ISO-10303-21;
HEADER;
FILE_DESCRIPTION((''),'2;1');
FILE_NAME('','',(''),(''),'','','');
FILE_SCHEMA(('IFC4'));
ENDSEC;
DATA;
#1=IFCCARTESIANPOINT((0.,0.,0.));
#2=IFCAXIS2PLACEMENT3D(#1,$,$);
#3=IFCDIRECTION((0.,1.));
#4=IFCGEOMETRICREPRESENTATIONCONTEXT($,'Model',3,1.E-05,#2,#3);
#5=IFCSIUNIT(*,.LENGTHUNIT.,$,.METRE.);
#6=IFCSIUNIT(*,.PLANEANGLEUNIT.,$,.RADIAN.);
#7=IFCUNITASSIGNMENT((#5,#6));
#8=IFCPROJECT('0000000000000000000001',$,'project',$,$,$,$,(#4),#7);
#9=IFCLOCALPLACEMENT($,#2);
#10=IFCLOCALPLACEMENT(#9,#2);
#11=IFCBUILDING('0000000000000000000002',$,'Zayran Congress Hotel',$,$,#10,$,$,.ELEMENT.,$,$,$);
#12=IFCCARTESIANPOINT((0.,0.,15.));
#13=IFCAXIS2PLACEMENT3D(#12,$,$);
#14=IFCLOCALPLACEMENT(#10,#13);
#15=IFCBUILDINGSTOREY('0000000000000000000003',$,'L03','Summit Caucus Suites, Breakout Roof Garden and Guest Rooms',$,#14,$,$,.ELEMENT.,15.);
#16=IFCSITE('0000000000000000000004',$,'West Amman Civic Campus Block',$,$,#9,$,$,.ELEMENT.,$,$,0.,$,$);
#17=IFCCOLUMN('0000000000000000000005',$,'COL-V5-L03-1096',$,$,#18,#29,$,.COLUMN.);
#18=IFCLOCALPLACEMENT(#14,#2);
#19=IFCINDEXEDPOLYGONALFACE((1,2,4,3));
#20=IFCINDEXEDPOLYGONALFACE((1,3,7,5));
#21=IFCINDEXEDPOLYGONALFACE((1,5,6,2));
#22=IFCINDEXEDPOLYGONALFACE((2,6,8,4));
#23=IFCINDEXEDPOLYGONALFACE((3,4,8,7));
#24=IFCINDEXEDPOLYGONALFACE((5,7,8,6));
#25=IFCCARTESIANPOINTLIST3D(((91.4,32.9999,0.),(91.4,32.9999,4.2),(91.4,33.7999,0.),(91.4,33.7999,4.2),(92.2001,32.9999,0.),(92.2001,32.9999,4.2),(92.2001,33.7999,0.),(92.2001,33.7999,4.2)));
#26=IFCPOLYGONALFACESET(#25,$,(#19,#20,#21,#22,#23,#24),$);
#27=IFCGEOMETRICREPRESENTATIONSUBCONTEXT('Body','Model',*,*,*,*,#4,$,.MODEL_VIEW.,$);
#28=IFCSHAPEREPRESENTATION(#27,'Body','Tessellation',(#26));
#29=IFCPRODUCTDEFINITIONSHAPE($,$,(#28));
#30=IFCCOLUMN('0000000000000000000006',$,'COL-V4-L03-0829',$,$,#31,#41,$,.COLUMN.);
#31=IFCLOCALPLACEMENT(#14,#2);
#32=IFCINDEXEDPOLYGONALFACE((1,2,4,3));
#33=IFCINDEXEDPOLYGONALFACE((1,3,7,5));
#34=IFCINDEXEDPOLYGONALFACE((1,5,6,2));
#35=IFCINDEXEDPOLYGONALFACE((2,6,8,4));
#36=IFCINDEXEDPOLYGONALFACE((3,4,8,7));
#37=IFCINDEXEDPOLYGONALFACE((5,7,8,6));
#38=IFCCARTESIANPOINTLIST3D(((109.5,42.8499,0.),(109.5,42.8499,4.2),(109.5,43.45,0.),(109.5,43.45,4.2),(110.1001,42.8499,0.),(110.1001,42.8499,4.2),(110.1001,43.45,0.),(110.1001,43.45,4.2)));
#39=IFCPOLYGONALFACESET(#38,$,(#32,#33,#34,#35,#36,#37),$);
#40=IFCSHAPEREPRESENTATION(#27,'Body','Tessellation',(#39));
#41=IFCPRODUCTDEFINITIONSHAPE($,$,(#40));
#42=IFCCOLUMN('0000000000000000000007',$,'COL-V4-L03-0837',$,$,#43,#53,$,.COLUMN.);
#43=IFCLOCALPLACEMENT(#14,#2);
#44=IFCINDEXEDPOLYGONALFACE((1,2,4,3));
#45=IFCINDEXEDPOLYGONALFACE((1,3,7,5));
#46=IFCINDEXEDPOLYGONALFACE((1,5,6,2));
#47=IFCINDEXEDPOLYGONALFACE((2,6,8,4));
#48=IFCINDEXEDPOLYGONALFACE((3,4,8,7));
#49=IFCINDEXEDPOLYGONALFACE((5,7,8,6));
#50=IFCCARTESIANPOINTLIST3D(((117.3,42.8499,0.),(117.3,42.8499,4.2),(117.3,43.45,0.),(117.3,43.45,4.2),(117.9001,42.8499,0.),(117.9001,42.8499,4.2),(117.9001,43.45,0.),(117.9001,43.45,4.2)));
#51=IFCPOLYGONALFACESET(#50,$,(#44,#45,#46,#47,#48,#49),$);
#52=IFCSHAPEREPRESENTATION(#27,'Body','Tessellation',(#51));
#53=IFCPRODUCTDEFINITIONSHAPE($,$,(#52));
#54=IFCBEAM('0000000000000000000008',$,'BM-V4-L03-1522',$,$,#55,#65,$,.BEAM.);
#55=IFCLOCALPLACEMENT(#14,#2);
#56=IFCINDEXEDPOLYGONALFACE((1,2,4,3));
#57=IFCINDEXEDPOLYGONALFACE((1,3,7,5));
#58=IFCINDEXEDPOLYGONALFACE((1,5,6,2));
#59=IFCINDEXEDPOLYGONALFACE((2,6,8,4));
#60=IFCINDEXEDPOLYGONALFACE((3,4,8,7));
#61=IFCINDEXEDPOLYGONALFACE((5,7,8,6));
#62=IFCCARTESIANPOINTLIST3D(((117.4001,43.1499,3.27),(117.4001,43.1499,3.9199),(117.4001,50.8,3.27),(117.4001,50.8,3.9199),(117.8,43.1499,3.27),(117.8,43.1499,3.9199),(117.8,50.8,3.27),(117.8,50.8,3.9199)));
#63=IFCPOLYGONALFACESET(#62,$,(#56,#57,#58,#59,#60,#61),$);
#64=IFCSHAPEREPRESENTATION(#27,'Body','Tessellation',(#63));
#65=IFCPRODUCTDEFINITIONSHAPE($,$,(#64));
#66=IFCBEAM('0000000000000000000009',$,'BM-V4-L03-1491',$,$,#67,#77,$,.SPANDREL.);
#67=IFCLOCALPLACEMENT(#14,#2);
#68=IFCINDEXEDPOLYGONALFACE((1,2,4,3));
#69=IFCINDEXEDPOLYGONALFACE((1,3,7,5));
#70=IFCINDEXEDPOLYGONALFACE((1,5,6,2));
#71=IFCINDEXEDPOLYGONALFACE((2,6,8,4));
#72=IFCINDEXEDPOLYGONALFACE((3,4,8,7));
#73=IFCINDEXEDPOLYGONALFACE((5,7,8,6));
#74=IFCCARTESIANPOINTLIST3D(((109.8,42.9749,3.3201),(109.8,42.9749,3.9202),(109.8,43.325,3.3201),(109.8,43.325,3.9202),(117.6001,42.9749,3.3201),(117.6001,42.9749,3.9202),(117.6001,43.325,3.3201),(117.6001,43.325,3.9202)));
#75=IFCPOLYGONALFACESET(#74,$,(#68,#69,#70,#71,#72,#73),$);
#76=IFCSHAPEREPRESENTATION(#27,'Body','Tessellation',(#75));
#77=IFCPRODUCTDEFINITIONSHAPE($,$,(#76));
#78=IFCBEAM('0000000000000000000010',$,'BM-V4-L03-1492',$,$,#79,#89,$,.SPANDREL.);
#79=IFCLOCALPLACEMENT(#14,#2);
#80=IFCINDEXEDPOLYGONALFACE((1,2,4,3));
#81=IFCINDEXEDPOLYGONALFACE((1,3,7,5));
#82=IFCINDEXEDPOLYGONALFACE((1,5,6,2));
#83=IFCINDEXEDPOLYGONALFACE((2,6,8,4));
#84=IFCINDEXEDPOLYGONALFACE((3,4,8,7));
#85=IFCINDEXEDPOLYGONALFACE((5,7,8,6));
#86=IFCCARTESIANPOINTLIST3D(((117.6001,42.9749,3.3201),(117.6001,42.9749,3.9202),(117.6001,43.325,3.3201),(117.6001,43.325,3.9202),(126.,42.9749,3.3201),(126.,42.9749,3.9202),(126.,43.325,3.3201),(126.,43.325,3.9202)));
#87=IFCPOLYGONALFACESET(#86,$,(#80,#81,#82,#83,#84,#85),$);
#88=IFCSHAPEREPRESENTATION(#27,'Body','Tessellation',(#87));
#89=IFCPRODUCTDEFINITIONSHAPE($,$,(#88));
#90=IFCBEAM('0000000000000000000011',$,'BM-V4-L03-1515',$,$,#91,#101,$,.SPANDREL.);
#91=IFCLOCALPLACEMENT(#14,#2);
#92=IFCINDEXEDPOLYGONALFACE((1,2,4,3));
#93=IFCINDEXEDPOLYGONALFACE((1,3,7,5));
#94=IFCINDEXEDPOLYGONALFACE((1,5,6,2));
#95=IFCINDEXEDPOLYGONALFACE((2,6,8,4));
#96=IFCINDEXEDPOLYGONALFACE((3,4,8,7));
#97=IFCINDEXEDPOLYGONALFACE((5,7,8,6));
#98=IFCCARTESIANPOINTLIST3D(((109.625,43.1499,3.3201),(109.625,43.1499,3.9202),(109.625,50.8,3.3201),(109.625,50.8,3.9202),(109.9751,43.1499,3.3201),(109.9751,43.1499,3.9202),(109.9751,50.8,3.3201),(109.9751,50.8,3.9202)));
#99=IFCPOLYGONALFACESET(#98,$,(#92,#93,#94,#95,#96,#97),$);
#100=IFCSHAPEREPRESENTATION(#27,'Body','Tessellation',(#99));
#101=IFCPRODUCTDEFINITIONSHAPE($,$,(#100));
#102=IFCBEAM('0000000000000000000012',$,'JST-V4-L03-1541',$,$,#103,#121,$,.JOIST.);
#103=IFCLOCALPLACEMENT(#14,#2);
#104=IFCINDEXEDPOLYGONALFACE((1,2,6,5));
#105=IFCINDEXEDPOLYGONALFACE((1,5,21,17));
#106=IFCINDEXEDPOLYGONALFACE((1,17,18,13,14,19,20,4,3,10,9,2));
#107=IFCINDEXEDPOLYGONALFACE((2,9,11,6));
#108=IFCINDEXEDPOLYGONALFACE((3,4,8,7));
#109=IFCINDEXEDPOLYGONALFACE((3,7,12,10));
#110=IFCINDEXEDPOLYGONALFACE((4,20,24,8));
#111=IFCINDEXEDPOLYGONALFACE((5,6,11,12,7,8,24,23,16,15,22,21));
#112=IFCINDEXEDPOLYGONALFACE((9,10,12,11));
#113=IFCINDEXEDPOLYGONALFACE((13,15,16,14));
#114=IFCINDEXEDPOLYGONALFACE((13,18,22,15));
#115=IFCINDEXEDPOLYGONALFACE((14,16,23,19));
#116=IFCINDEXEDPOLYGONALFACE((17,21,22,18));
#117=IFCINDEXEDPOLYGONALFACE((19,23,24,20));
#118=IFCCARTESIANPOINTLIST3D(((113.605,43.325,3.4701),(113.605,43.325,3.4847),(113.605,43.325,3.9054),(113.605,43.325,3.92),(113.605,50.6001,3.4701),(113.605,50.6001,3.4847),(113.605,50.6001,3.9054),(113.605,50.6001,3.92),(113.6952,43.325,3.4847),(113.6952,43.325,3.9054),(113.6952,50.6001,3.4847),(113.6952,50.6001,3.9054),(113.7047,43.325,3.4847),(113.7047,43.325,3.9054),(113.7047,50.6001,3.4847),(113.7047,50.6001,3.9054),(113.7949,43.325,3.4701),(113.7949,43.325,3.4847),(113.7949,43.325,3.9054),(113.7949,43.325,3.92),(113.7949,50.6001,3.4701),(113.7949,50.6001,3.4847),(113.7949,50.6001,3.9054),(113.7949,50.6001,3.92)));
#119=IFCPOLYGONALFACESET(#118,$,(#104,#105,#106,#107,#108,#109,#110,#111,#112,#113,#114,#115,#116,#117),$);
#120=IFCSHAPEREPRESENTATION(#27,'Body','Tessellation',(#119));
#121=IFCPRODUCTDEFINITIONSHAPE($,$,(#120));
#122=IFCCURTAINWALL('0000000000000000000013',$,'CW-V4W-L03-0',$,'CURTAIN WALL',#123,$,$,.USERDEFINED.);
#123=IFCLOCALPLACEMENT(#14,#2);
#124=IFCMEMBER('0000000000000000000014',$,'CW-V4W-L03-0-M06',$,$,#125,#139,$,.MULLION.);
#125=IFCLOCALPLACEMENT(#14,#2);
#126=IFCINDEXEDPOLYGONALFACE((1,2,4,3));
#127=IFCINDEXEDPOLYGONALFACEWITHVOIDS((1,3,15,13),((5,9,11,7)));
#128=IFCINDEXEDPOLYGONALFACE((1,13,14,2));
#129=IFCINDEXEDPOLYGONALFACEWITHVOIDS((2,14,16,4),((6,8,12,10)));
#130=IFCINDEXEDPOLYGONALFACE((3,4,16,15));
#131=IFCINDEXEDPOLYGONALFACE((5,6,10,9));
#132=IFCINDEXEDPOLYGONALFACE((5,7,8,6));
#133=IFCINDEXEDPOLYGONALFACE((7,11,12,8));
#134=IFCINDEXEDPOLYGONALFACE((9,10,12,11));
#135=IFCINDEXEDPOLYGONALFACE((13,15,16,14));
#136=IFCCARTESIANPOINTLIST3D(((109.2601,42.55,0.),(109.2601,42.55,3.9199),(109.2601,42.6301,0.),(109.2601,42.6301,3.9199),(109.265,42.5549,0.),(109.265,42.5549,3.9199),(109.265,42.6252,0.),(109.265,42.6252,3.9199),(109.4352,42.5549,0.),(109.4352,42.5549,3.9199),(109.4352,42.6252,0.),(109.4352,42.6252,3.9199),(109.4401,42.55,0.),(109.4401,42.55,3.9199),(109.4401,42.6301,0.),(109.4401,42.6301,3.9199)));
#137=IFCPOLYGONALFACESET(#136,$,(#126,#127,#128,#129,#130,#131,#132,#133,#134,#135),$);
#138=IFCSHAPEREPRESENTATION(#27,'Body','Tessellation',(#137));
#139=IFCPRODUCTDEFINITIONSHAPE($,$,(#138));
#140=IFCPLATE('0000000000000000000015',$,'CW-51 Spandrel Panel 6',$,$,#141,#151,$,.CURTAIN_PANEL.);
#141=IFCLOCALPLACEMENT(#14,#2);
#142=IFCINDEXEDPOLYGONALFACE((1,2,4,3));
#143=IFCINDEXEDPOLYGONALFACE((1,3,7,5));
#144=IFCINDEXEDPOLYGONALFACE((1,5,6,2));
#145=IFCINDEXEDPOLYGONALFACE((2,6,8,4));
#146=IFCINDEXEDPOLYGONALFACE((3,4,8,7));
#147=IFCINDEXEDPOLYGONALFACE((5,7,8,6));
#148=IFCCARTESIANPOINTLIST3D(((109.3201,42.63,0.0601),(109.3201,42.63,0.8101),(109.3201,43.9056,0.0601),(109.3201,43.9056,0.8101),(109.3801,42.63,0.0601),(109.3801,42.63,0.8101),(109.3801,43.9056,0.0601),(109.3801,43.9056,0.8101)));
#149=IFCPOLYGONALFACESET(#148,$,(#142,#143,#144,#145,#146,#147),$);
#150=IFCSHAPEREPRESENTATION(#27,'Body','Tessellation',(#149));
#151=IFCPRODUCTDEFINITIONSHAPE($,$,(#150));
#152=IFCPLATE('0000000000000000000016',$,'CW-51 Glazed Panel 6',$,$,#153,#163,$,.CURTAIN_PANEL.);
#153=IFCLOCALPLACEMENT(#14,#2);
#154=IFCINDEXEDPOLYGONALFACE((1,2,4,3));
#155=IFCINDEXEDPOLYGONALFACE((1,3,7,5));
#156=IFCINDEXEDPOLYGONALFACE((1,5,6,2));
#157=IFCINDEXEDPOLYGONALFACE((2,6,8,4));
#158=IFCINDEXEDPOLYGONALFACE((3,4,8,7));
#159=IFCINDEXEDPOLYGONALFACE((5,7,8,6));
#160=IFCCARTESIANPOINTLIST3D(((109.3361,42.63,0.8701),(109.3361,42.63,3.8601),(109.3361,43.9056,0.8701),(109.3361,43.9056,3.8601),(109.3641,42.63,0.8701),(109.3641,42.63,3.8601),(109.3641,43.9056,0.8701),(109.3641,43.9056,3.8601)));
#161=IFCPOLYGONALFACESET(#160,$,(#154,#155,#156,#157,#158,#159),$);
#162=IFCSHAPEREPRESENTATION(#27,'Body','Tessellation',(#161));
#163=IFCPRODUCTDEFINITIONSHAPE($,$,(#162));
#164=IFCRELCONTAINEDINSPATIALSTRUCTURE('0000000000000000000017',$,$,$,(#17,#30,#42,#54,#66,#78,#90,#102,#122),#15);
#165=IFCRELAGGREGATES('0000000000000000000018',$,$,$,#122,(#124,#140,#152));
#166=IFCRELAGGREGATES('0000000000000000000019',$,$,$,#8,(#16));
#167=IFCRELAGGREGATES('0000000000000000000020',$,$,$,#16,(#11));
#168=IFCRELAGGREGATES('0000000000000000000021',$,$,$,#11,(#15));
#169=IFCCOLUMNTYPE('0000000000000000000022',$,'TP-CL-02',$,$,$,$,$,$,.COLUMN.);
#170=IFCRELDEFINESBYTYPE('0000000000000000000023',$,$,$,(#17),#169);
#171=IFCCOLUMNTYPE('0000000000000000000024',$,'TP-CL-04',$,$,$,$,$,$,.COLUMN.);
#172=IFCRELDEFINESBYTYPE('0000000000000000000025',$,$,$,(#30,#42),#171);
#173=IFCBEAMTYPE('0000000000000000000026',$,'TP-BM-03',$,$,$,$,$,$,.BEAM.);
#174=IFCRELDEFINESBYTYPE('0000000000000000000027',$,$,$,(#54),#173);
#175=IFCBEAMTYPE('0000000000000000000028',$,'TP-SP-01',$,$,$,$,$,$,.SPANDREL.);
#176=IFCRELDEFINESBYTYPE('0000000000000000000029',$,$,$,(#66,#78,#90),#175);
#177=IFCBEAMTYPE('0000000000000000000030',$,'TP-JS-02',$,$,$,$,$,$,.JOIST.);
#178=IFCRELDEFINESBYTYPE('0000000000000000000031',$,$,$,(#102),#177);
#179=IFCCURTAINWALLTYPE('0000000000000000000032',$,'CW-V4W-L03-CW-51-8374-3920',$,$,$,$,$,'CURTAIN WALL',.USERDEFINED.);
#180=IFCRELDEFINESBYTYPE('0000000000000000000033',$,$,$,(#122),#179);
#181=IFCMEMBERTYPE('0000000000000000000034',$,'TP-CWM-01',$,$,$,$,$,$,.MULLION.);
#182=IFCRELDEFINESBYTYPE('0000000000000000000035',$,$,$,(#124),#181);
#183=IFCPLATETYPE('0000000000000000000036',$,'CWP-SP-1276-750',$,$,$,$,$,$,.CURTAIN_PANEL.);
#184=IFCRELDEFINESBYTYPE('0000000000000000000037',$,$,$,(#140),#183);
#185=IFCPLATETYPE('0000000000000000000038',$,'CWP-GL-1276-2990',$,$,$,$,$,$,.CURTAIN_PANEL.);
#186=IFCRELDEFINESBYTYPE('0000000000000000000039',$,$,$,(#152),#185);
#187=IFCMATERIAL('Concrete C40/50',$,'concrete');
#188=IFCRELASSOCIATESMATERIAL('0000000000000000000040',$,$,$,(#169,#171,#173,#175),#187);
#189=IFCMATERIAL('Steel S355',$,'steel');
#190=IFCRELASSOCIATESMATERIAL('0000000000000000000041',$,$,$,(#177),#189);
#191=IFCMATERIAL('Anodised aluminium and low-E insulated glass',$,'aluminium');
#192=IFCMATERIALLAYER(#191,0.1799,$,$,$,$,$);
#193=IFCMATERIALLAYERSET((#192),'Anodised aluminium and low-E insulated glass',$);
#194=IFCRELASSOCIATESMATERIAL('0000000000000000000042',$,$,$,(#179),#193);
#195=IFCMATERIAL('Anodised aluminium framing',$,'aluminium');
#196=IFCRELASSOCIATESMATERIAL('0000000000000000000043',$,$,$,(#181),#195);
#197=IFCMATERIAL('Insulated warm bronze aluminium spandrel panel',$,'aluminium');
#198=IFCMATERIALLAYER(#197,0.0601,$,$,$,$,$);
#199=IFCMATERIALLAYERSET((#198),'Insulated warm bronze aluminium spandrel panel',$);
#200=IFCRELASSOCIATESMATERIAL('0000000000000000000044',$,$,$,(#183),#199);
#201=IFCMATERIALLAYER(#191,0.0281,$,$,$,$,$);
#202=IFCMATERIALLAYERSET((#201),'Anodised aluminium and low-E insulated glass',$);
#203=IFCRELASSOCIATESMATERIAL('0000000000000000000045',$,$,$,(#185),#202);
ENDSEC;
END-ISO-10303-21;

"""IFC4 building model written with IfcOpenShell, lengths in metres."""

from ifc_helpers import new_model, si_unit, direction, frame, origin, origin_2d, place, context, subcontext, project, spatial, rectangle, hollow_rectangle, i_section, extrude, material, layer, layer_set, material_profile, profile_set, type_object, element, aggregate, save


model = new_model("IFC4")

# Units and contexts
model_context = context("Model", 3, precision=1e-05, world=origin(), true_north=direction((0.0, 1.0)))
body_context = subcontext(model_context, "Body", "Model", "MODEL_VIEW")
ifc_project = project(units=[si_unit("LENGTHUNIT", "METRE"), si_unit("PLANEANGLEUNIT", "RADIAN")], contexts=[model_context])

# Site, building, storey
site_placement = place(None, origin())
site = spatial("IfcSite", under=ifc_project, at=site_placement, Name="West Amman Civic Campus Block", CompositionType="ELEMENT", RefElevation=0.0)
building_placement = place(site_placement, origin())
building = spatial("IfcBuilding", under=site, at=building_placement, Name="Zayran Congress Hotel", CompositionType="ELEMENT")
storey_placement = place(building_placement, frame((0.0, 0.0, 15.0)))
storey = spatial("IfcBuildingStorey", under=building, at=storey_placement, Name="L03", Description="Summit Caucus Suites, Breakout Roof Garden and Guest Rooms", CompositionType="ELEMENT", Elevation=15.0)

# Columns
ifc_material_1 = material(Name="Concrete C40/50", Category="concrete")
ifc_material_profile_1 = material_profile(ifc_material_1, rectangle(XDim=0.8, YDim=0.8, at=origin_2d()), Name="RC 800x800")
ifc_profile_set_1 = profile_set([ifc_material_profile_1], Name="Concrete C40/50")
column_type_1 = type_object("IfcColumnType", Name="TP-CL-02", PredefinedType="COLUMN", material=ifc_profile_set_1)
column_placement = place(storey_placement, frame((91.8, 33.3999, 0.0), z_axis=(0.0, 0.0, 1.0), x_axis=(1.0, 0.0, 0.0)))
element("IfcColumn", 1, at=column_placement, inside=storey, type_object=column_type_1, Name="COL-V5-L03-1096", PredefinedType="COLUMN", context=body_context, shape_type="SweptSolid", body=[
    extrude(rectangle(XDim=0.8, YDim=0.8, at=origin_2d()), origin(), (0.0, 0.0, 1.0), 4.2),
])
ifc_material_profile_2 = material_profile(ifc_material_1, rectangle(XDim=0.6001, YDim=0.6001, at=origin_2d()), Name="RC 600x600")
ifc_profile_set_2 = profile_set([ifc_material_profile_2], Name="Concrete C40/50")
column_type_2 = type_object("IfcColumnType", Name="TP-CL-04", PredefinedType="COLUMN", material=ifc_profile_set_2)
for number, where, z_axis, x_axis, name in (
    (2, (109.8, 43.1499, 0.0), (0.0, 0.0, 1.0), (1.0, 0.0, 0.0), "COL-V4-L03-0829"),
    (3, (117.6001, 43.1499, 0.0), (0.0, 0.0, 1.0), (1.0, 0.0, 0.0), "COL-V4-L03-0837"),
):
    element("IfcColumn", number, at=place(storey_placement, frame(where, z_axis=z_axis, x_axis=x_axis)), inside=storey, type_object=column_type_2, Name=name, PredefinedType="COLUMN", context=body_context, shape_type="SweptSolid", body=[
        extrude(rectangle(XDim=0.6001, YDim=0.6001, at=origin_2d()), origin(), (0.0, 0.0, 1.0), 4.2),
    ])

# Beams
ifc_material_profile_3 = material_profile(ifc_material_1, rectangle(XDim=0.3999, YDim=0.6499, at=origin_2d()), Name="RC 400x650")
ifc_profile_set_3 = profile_set([ifc_material_profile_3], Name="Concrete C40/50")
beam_type_1 = type_object("IfcBeamType", Name="TP-BM-03", PredefinedType="BEAM", material=ifc_profile_set_3)
beam_1_placement = place(storey_placement, frame((117.6001, 43.1499, 3.595), z_axis=(0.0, 1.0, 0.0), x_axis=(-1.0, 0.0, 0.0)))
element("IfcBeam", 4, at=beam_1_placement, inside=storey, type_object=beam_type_1, Name="BM-V4-L03-1522", PredefinedType="BEAM", context=body_context, shape_type="SweptSolid", body=[
    extrude(rectangle(XDim=0.3999, YDim=0.6499, at=origin_2d()), origin(), (0.0, 0.0, 1.0), 7.6501),
])
ifc_material_profile_4 = material_profile(ifc_material_1, rectangle(XDim=0.3501, YDim=0.6001, at=origin_2d()), Name="RC 350x600")
ifc_profile_set_4 = profile_set([ifc_material_profile_4], Name="Concrete C40/50")
beam_type_2 = type_object("IfcBeamType", Name="TP-SP-01", PredefinedType="SPANDREL", material=ifc_profile_set_4)
beam_2_placement = place(storey_placement, frame((109.8, 43.1499, 3.6201), z_axis=(1.0, 0.0, 0.0), x_axis=(0.0, 1.0, 0.0)))
element("IfcBeam", 5, at=beam_2_placement, inside=storey, type_object=beam_type_2, Name="BM-V4-L03-1491", PredefinedType="SPANDREL", context=body_context, shape_type="SweptSolid", body=[
    extrude(rectangle(XDim=0.3501, YDim=0.6001, at=origin_2d()), origin(), (0.0, 0.0, 1.0), 7.8),
])
beam_3_placement = place(storey_placement, frame((117.6001, 43.1499, 3.6201), z_axis=(1.0, 0.0, 0.0), x_axis=(0.0, 1.0, 0.0)))
element("IfcBeam", 6, at=beam_3_placement, inside=storey, type_object=beam_type_2, Name="BM-V4-L03-1492", PredefinedType="SPANDREL", context=body_context, shape_type="SweptSolid", body=[
    extrude(rectangle(XDim=0.3501, YDim=0.6001, at=origin_2d()), origin(), (0.0, 0.0, 1.0), 8.3999),
])
beam_4_placement = place(storey_placement, frame((109.8, 43.1499, 3.6201), z_axis=(0.0, 1.0, 0.0), x_axis=(-1.0, 0.0, 0.0)))
element("IfcBeam", 7, at=beam_4_placement, inside=storey, type_object=beam_type_2, Name="BM-V4-L03-1515", PredefinedType="SPANDREL", context=body_context, shape_type="SweptSolid", body=[
    extrude(rectangle(XDim=0.3501, YDim=0.6001, at=origin_2d()), origin(), (0.0, 0.0, 1.0), 7.6501),
])
ifc_material_2 = material(Name="Steel S355", Category="steel")
ifc_material_profile_5 = material_profile(ifc_material_2, i_section(OverallWidth=0.1899, OverallDepth=0.45, WebThickness=0.0095, FlangeThickness=0.0146, at=origin_2d()), Name="IPE 450")
ifc_profile_set_5 = profile_set([ifc_material_profile_5], Name="Steel S355")
beam_type_3 = type_object("IfcBeamType", Name="TP-JS-02", PredefinedType="JOIST", material=ifc_profile_set_5)
beam_5_placement = place(storey_placement, frame((113.7, 43.325, 3.6951), z_axis=(0.0, 1.0, 0.0), x_axis=(-1.0, 0.0, 0.0)))
element("IfcBeam", 8, at=beam_5_placement, inside=storey, type_object=beam_type_3, Name="JST-V4-L03-1541", PredefinedType="JOIST", context=body_context, shape_type="SweptSolid", body=[
    extrude(i_section(OverallWidth=0.1899, OverallDepth=0.45, WebThickness=0.0095, FlangeThickness=0.0146, at=origin_2d()), origin(), (0.0, 0.0, 1.0), 7.2751),
])

# Curtain wall, member, plates
ifc_material_3 = material(Name="Anodised aluminium and low-E insulated glass", Category="aluminium")
ifc_layer_1 = layer(ifc_material_3, 0.1799)
ifc_layer_set_1 = layer_set([ifc_layer_1], Name="Anodised aluminium and low-E insulated glass")
curtain_wall_type = type_object("IfcCurtainWallType", Name="CW-V4W-L03-CW-51-8374-3920", ElementType="CURTAIN WALL", PredefinedType="USERDEFINED", material=ifc_layer_set_1)
curtain_wall_placement = place(storey_placement, origin())
curtain_wall = element("IfcCurtainWall", 9, at=curtain_wall_placement, inside=storey, type_object=curtain_wall_type, Name="CW-V4W-L03-0", ObjectType="CURTAIN WALL", PredefinedType="USERDEFINED")
ifc_material_4 = material(Name="Anodised aluminium framing", Category="aluminium")
ifc_material_profile_6 = material_profile(ifc_material_4, hollow_rectangle(XDim=0.0801, YDim=0.1799, WallThickness=0.0049, at=origin_2d()), Name="RHS 180x80x5")
ifc_profile_set_6 = profile_set([ifc_material_profile_6], Name="Anodised aluminium framing")
member_type = type_object("IfcMemberType", Name="TP-CWM-01", PredefinedType="MULLION", material=ifc_profile_set_6)
member_placement = place(storey_placement, frame((109.3501, 42.5901, 0.0), z_axis=(0.0, 0.0, 1.0), x_axis=(0.0, 1.0, 0.0)))
member = element("IfcMember", 10, at=member_placement, type_object=member_type, Name="CW-V4W-L03-0-M06", PredefinedType="MULLION", context=body_context, shape_type="SweptSolid", body=[
    extrude(hollow_rectangle(XDim=0.0801, YDim=0.1799, WallThickness=0.0049, at=origin_2d()), origin(), (0.0, 0.0, 1.0), 3.9199),
])
ifc_material_5 = material(Name="Insulated warm bronze aluminium spandrel panel", Category="aluminium")
ifc_layer_2 = layer(ifc_material_5, 0.0601)
ifc_layer_set_2 = layer_set([ifc_layer_2], Name="Insulated warm bronze aluminium spandrel panel")
plate_type_1 = type_object("IfcPlateType", Name="CWP-SP-1276-750", PredefinedType="CURTAIN_PANEL", material=ifc_layer_set_2)
plate_1_placement = place(storey_placement, frame((109.3501, 43.2678, 0.0601), z_axis=(0.0, 0.0, 1.0), x_axis=(0.0, 1.0, 0.0)))
plate_1 = element("IfcPlate", 11, at=plate_1_placement, type_object=plate_type_1, Name="CW-51 Spandrel Panel 6", PredefinedType="CURTAIN_PANEL", context=body_context, shape_type="SweptSolid", body=[
    extrude(rectangle(XDim=1.2756, YDim=0.0601, at=origin_2d()), origin(), (0.0, 0.0, 1.0), 0.75),
])
ifc_layer_3 = layer(ifc_material_3, 0.0281)
ifc_layer_set_3 = layer_set([ifc_layer_3], Name="Anodised aluminium and low-E insulated glass")
plate_type_2 = type_object("IfcPlateType", Name="CWP-GL-1276-2990", PredefinedType="CURTAIN_PANEL", material=ifc_layer_set_3)
plate_2_placement = place(storey_placement, frame((109.3501, 43.2678, 0.8701), z_axis=(0.0, 0.0, 1.0), x_axis=(0.0, 1.0, 0.0)))
plate_2 = element("IfcPlate", 12, at=plate_2_placement, type_object=plate_type_2, Name="CW-51 Glazed Panel 6", PredefinedType="CURTAIN_PANEL", context=body_context, shape_type="SweptSolid", body=[
    extrude(rectangle(XDim=1.2756, YDim=0.0281, at=origin_2d()), origin(), (0.0, 0.0, 1.0), 2.99),
])
aggregate(curtain_wall, [member, plate_1, plate_2])

save(model, "model.ifc")
